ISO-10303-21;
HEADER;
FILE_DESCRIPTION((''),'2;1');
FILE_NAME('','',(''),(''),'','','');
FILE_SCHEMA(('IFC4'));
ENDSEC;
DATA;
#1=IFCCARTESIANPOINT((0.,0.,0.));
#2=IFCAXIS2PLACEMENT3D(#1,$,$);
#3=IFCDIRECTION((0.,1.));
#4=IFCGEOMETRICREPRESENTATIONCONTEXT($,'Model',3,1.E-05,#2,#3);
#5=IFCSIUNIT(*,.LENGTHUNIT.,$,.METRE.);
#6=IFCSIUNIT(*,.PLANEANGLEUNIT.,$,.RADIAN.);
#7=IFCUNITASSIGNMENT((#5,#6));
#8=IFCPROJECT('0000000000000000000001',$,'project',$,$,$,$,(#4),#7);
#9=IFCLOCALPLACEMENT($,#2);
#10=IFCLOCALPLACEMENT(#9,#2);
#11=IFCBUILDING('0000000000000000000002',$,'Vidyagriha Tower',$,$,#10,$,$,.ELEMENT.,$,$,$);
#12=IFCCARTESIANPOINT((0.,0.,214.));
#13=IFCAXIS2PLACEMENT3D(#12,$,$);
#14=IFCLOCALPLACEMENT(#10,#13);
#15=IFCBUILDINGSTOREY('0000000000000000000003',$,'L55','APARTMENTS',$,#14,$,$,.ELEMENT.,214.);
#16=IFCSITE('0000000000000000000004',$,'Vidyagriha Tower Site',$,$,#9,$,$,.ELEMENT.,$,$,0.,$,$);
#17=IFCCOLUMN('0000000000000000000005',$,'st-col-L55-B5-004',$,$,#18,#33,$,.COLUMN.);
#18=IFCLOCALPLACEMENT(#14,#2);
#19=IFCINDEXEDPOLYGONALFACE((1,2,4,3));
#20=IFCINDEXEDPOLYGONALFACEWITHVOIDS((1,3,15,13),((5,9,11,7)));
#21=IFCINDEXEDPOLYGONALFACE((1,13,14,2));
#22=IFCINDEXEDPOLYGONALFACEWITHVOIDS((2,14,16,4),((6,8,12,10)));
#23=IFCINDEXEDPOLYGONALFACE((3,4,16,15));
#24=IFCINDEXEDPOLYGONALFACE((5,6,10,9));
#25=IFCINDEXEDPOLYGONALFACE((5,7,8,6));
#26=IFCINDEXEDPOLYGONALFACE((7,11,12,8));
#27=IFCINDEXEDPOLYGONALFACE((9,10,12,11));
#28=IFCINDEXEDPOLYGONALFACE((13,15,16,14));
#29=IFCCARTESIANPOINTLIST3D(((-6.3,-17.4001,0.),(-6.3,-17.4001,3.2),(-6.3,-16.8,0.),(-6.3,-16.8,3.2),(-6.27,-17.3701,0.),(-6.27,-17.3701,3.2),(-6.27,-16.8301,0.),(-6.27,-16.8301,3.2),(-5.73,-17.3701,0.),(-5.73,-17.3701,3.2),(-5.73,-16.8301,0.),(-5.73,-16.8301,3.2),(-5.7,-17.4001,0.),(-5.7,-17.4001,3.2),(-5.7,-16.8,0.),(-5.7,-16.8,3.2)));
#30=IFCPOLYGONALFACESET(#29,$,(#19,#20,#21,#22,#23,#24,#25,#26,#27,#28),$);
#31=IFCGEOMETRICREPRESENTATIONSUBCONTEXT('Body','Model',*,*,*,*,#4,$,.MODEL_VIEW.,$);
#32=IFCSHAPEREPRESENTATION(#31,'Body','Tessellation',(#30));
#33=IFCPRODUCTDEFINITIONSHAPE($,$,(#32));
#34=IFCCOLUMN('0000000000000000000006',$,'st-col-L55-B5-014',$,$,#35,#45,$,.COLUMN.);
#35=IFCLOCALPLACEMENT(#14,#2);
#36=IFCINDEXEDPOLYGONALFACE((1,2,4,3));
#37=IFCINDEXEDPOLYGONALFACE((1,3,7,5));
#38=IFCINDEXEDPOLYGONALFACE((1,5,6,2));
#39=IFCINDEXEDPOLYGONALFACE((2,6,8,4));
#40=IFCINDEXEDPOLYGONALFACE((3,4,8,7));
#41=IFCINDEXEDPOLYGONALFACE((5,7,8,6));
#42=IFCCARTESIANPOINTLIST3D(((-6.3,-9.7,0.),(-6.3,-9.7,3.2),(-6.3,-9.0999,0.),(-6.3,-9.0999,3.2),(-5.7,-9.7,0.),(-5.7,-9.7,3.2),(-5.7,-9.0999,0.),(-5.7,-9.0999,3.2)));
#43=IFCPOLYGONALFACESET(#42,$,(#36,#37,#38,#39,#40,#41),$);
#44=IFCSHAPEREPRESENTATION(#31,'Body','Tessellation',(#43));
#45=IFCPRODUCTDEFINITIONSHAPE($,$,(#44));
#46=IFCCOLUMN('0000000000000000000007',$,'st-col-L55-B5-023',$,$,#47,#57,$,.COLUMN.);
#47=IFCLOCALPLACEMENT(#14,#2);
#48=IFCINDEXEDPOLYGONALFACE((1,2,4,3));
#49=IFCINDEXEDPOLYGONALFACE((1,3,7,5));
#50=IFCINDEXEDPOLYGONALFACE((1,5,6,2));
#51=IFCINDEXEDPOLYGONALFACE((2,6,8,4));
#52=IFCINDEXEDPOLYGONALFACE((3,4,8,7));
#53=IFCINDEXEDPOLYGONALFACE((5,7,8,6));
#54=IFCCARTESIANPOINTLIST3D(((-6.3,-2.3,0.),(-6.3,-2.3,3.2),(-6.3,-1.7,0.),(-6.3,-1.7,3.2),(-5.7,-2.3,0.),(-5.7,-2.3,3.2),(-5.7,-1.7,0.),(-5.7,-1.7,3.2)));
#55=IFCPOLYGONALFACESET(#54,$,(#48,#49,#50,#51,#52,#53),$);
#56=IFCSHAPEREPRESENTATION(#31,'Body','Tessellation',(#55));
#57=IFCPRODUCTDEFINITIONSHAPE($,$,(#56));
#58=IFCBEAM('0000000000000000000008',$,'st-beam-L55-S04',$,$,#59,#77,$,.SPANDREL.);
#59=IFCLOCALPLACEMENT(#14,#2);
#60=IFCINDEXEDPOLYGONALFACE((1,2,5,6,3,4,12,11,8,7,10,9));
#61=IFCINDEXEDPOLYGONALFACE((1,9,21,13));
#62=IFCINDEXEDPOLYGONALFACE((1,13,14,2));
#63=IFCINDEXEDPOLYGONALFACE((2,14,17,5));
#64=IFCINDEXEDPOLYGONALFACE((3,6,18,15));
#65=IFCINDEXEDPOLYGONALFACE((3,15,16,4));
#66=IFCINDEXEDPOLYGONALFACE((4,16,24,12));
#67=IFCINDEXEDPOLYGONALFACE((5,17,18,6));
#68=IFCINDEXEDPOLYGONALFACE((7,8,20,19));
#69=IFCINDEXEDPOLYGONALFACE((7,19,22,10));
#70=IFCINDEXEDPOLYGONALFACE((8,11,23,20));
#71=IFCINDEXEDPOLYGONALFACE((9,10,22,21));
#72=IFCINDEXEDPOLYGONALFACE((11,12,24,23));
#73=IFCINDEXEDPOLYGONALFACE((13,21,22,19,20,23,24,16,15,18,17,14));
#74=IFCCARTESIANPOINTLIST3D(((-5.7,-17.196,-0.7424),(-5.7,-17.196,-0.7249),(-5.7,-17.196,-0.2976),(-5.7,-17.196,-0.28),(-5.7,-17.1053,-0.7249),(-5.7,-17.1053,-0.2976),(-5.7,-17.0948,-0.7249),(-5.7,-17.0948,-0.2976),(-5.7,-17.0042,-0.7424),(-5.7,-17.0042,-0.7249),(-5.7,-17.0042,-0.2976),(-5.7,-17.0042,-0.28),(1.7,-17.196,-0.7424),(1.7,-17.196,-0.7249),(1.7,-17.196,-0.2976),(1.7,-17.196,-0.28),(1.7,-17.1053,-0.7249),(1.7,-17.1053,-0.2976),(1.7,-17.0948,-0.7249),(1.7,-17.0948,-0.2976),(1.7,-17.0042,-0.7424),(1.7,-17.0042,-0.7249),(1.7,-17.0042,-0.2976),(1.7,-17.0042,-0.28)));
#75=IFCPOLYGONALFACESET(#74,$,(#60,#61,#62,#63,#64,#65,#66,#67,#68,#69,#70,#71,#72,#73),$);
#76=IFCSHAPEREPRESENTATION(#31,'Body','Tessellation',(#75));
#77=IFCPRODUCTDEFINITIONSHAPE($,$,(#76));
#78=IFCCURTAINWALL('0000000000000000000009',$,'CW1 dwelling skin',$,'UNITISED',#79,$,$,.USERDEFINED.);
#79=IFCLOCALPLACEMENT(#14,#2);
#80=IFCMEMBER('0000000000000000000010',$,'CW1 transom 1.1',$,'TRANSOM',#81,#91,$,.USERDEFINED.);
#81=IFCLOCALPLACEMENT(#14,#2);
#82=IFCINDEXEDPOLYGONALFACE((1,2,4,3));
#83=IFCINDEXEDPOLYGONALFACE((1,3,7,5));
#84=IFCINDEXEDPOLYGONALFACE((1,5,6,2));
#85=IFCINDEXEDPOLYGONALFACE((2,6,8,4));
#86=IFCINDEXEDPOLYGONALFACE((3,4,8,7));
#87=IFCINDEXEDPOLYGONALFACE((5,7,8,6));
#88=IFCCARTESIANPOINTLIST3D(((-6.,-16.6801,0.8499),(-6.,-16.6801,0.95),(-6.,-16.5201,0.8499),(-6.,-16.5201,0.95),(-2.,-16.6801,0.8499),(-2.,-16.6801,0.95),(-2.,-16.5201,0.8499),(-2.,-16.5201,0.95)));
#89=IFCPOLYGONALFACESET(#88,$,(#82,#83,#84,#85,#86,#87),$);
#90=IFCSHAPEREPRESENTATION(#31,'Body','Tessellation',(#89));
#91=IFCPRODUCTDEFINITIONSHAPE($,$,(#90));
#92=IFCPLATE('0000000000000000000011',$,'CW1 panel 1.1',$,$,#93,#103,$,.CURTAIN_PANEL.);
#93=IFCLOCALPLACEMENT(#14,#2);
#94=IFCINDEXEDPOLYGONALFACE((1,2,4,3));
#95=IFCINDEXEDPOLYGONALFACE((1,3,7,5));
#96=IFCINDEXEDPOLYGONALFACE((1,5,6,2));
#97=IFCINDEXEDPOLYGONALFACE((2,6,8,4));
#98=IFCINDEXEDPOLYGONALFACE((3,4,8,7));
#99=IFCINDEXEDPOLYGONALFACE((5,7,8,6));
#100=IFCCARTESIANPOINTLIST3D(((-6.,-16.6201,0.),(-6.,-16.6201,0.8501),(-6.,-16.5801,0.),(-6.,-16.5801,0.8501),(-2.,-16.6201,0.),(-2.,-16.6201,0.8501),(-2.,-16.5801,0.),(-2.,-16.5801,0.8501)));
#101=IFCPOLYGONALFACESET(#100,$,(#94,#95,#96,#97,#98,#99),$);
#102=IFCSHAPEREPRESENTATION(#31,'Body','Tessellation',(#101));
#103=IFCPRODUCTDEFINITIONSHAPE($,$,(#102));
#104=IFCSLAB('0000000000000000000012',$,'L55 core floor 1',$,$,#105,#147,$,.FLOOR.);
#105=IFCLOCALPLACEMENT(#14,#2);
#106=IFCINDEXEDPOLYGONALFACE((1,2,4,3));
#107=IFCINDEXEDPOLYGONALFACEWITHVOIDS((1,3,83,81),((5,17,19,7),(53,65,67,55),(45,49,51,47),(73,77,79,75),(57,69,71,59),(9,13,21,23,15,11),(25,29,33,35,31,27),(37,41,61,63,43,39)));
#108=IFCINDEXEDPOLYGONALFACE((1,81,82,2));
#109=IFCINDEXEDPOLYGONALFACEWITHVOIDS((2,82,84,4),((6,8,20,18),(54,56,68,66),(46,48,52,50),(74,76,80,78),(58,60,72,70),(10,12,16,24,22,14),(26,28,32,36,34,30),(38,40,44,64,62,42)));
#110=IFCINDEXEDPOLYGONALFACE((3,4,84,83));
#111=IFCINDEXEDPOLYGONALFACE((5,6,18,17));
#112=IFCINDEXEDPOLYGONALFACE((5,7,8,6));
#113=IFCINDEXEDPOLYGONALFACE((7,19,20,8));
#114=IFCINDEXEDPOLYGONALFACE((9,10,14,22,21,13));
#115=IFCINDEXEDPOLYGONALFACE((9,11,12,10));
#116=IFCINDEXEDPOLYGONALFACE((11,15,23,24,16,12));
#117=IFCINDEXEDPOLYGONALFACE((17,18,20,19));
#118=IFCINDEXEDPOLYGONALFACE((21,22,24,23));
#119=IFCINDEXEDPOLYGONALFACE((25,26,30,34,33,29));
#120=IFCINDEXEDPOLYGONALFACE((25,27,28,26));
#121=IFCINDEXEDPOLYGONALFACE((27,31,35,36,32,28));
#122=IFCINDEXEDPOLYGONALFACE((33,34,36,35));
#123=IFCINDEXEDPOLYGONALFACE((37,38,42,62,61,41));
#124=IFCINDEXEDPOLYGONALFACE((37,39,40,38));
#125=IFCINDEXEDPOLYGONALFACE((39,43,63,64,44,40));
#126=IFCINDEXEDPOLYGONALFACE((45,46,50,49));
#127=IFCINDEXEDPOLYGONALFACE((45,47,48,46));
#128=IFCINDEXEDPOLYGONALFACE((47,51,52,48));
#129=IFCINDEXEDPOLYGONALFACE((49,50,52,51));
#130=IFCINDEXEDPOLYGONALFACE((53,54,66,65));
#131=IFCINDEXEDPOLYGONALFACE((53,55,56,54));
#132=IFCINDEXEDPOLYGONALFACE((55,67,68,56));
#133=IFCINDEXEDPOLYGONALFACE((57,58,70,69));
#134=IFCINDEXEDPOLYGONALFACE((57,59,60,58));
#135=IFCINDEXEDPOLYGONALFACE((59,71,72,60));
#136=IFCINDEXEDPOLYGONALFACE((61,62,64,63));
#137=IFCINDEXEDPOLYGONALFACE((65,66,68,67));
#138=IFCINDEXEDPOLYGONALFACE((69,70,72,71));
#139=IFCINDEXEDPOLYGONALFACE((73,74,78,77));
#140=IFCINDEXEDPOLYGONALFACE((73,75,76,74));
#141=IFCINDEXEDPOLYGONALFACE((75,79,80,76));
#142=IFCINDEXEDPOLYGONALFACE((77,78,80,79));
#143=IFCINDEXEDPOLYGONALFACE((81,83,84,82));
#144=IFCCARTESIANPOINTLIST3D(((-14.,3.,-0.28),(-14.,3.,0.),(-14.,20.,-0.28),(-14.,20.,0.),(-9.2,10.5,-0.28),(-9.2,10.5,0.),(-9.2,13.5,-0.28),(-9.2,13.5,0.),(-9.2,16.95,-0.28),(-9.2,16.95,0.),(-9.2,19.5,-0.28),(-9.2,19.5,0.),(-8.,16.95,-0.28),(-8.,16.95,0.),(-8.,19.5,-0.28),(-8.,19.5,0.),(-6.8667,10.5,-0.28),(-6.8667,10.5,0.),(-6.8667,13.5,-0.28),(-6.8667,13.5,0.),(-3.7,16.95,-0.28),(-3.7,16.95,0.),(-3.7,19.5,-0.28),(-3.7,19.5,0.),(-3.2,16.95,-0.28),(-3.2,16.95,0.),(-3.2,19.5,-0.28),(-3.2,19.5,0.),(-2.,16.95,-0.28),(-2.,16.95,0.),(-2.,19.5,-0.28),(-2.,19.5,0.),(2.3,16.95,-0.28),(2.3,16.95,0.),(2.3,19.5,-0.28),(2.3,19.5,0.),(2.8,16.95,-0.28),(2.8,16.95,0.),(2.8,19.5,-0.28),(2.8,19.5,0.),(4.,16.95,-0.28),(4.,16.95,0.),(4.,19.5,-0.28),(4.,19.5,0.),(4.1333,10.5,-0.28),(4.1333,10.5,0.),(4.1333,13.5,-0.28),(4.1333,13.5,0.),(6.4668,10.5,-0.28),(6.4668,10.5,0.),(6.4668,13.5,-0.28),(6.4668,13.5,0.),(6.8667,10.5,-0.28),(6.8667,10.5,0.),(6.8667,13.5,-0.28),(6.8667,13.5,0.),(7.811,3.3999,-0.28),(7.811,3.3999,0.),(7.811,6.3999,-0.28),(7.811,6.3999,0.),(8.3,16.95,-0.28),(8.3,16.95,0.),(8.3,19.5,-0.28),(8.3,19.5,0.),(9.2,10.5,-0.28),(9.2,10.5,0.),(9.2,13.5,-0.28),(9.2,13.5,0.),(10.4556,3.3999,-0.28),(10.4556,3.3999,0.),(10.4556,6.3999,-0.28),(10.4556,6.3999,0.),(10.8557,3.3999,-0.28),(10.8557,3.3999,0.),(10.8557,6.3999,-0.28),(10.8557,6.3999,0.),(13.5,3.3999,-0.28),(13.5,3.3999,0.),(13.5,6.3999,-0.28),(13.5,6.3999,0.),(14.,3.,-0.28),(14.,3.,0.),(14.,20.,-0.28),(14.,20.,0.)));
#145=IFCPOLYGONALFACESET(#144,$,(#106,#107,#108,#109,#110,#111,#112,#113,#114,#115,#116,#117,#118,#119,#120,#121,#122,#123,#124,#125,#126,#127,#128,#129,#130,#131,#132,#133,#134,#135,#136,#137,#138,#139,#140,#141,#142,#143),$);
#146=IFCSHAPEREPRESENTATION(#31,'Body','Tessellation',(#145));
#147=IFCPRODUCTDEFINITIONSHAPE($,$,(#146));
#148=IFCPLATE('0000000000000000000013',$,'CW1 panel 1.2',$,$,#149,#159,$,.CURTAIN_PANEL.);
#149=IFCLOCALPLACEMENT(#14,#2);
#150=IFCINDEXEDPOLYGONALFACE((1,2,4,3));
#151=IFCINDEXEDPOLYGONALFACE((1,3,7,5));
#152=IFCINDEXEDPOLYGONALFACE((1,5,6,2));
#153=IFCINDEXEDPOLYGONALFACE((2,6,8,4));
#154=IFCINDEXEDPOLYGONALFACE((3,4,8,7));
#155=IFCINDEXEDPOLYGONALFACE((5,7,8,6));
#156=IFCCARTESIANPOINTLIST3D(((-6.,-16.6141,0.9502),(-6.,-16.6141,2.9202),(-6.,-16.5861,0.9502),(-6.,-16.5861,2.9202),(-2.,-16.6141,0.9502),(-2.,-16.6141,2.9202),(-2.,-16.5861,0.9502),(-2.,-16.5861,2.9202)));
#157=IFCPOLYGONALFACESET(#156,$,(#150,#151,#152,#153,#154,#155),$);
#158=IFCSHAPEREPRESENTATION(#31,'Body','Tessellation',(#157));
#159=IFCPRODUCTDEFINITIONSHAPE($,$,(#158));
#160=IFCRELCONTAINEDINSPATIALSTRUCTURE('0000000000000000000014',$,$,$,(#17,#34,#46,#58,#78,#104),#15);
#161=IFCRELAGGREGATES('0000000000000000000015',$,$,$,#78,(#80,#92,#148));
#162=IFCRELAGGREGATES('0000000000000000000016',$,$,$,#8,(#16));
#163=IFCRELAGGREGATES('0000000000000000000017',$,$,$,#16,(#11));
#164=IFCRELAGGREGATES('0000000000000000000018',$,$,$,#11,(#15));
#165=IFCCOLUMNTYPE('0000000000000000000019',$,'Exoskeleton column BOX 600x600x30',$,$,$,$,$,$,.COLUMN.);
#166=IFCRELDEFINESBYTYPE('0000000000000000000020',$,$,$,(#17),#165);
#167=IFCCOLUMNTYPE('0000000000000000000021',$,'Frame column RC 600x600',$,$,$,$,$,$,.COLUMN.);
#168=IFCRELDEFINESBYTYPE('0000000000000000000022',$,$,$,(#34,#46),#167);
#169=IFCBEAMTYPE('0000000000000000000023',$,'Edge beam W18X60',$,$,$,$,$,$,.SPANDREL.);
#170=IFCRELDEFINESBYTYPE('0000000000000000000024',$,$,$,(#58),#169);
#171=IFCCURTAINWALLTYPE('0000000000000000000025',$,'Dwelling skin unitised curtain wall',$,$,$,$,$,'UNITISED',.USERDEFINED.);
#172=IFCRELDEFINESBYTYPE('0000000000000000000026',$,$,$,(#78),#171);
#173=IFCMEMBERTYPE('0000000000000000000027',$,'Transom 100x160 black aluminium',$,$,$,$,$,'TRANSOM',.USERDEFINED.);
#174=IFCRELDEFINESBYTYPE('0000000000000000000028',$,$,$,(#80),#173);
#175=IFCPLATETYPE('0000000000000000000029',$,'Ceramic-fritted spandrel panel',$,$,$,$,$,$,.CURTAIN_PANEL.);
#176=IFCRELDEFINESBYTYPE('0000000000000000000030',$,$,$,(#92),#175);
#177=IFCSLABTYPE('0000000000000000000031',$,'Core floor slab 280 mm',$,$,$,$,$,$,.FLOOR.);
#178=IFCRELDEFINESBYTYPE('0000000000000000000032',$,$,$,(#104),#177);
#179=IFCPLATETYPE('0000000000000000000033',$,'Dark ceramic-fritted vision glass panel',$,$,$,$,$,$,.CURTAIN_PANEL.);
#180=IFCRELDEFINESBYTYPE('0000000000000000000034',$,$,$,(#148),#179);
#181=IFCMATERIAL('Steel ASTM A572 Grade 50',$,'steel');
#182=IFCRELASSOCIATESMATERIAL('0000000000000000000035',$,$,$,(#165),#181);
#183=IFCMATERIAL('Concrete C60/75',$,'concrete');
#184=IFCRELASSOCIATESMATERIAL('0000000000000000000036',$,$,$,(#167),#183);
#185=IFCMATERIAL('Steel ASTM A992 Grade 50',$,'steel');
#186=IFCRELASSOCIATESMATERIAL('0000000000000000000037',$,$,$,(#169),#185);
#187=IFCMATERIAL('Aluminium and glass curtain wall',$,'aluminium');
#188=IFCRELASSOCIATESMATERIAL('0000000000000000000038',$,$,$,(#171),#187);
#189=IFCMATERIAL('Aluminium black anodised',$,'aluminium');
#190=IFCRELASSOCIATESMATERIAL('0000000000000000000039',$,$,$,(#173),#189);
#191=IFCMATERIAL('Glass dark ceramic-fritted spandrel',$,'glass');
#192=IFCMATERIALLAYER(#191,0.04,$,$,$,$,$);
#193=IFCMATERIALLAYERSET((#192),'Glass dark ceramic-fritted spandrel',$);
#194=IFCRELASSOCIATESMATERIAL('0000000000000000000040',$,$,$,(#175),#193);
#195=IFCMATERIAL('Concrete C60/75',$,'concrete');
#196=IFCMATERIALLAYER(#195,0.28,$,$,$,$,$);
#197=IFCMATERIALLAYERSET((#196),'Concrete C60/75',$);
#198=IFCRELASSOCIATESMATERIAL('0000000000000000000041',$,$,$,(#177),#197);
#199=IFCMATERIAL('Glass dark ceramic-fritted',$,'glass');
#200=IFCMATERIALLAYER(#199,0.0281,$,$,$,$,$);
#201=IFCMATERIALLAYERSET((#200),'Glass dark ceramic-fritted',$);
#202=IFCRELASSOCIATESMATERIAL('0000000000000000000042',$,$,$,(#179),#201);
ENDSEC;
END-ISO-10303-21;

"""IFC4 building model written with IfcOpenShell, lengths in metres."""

from ifc_helpers import new_model, si_unit, direction, frame, origin, origin_2d, place, context, subcontext, project, spatial, polyline, rectangle, hollow_rectangle, i_section, outline, extrude, material, layer, layer_set, material_profile, profile_set, type_object, element, aggregate, save


model = new_model("IFC4")

# Units and contexts
model_context = context("Model", 3, precision=1e-05, world=origin(), true_north=direction((0.0, 1.0)))
body_context = subcontext(model_context, "Body", "Model", "MODEL_VIEW")
ifc_project = project(units=[si_unit("LENGTHUNIT", "METRE"), si_unit("PLANEANGLEUNIT", "RADIAN")], contexts=[model_context])

# Site, building, storey
site_placement = place(None, origin())
site = spatial("IfcSite", under=ifc_project, at=site_placement, Name="Vidyagriha Tower Site", CompositionType="ELEMENT", RefElevation=0.0)
building_placement = place(site_placement, origin())
building = spatial("IfcBuilding", under=site, at=building_placement, Name="Vidyagriha Tower", CompositionType="ELEMENT")
storey_placement = place(building_placement, frame((0.0, 0.0, 214.0)))
storey = spatial("IfcBuildingStorey", under=building, at=storey_placement, Name="L55", Description="APARTMENTS", CompositionType="ELEMENT", Elevation=214.0)

# Columns
ifc_material_1 = material(Name="Steel ASTM A572 Grade 50", Category="steel")
ifc_material_profile_1 = material_profile(ifc_material_1, hollow_rectangle(XDim=0.6001, YDim=0.6001, WallThickness=0.03, at=origin_2d()), Name="BOX 600x600x30")
ifc_profile_set_1 = profile_set([ifc_material_profile_1], Name="Steel ASTM A572 Grade 50")
column_type_1 = type_object("IfcColumnType", Name="Exoskeleton column BOX 600x600x30", PredefinedType="COLUMN", material=ifc_profile_set_1)
column_placement = place(storey_placement, frame((-6.0, -17.1001, 0.0)))
element("IfcColumn", 1, at=column_placement, inside=storey, type_object=column_type_1, Name="st-col-L55-B5-004", PredefinedType="COLUMN", context=body_context, shape_type="SweptSolid", body=[
    extrude(hollow_rectangle(XDim=0.6001, YDim=0.6001, WallThickness=0.03, at=origin_2d()), origin(), (0.0, 0.0, 1.0), 3.2),
])
ifc_material_2 = material(Name="Concrete C60/75", Category="concrete")
ifc_material_profile_2 = material_profile(ifc_material_2, rectangle(XDim=0.6001, YDim=0.6001, at=origin_2d()), Name="RC 600x600")
ifc_profile_set_2 = profile_set([ifc_material_profile_2], Name="Concrete C60/75")
column_type_2 = type_object("IfcColumnType", Name="Frame column RC 600x600", PredefinedType="COLUMN", material=ifc_profile_set_2)
for number, where, name in (
    (2, (-6.0, -9.3999, 0.0), "st-col-L55-B5-014"),
    (3, (-6.0, -2.0, 0.0), "st-col-L55-B5-023"),
):
    element("IfcColumn", number, at=place(storey_placement, frame(where)), inside=storey, type_object=column_type_2, Name=name, PredefinedType="COLUMN", context=body_context, shape_type="SweptSolid", body=[
        extrude(rectangle(XDim=0.6001, YDim=0.6001, at=origin_2d()), origin(), (0.0, 0.0, 1.0), 3.2),
    ])

# Beam
ifc_material_3 = material(Name="Steel ASTM A992 Grade 50", Category="steel")
ifc_material_profile_3 = material_profile(ifc_material_3, i_section(OverallWidth=0.1919, OverallDepth=0.4624, WebThickness=0.0105, FlangeThickness=0.0176, at=origin_2d()), Name="W18X60")
ifc_profile_set_3 = profile_set([ifc_material_profile_3], Name="Steel ASTM A992 Grade 50")
beam_type = type_object("IfcBeamType", Name="Edge beam W18X60", PredefinedType="SPANDREL", material=ifc_profile_set_3)
beam_placement = place(storey_placement, frame((-5.7, -17.1001, -0.5112), z_axis=(1.0, 0.0, 0.0), x_axis=(0.0, 1.0, 0.0)))
element("IfcBeam", 4, at=beam_placement, inside=storey, type_object=beam_type, Name="st-beam-L55-S04", PredefinedType="SPANDREL", context=body_context, shape_type="SweptSolid", body=[
    extrude(i_section(OverallWidth=0.1919, OverallDepth=0.4624, WebThickness=0.0105, FlangeThickness=0.0176, at=origin_2d()), origin(), (0.0, 0.0, 1.0), 7.3999),
])

# Curtain wall, member, plate
ifc_material_4 = material(Name="Aluminium and glass curtain wall", Category="aluminium")
curtain_wall_type = type_object("IfcCurtainWallType", Name="Dwelling skin unitised curtain wall", ElementType="UNITISED", PredefinedType="USERDEFINED", material=ifc_material_4)
curtain_wall_placement = place(storey_placement, origin())
curtain_wall = element("IfcCurtainWall", 5, at=curtain_wall_placement, inside=storey, type_object=curtain_wall_type, Name="CW1 dwelling skin", ObjectType="UNITISED", PredefinedType="USERDEFINED")
ifc_material_5 = material(Name="Aluminium black anodised", Category="aluminium")
ifc_material_profile_4 = material_profile(ifc_material_5, rectangle(XDim=0.1599, YDim=0.1001, at=origin_2d()), Name="Transom 100x160 black aluminium")
ifc_profile_set_4 = profile_set([ifc_material_profile_4], Name="Aluminium black anodised")
member_type = type_object("IfcMemberType", Name="Transom 100x160 black aluminium", ElementType="TRANSOM", PredefinedType="USERDEFINED", material=ifc_profile_set_4)
member_placement = place(storey_placement, frame((-6.0, -16.6001, 0.8999), z_axis=(1.0, 0.0, 0.0), x_axis=(0.0, 1.0, 0.0)))
member = element("IfcMember", 6, at=member_placement, type_object=member_type, Name="CW1 transom 1.1", ObjectType="TRANSOM", PredefinedType="USERDEFINED", context=body_context, shape_type="SweptSolid", body=[
    extrude(rectangle(XDim=0.1599, YDim=0.1001, at=origin_2d()), origin(), (0.0, 0.0, 1.0), 4.0),
])
ifc_material_6 = material(Name="Glass dark ceramic-fritted spandrel", Category="glass")
ifc_layer_1 = layer(ifc_material_6, 0.04)
ifc_layer_set_1 = layer_set([ifc_layer_1], Name="Glass dark ceramic-fritted spandrel")
plate_type_1 = type_object("IfcPlateType", Name="Ceramic-fritted spandrel panel", PredefinedType="CURTAIN_PANEL", material=ifc_layer_set_1)
plate_1_placement = place(storey_placement, frame((-4.0, -16.6001, 0.0)))
plate_1 = element("IfcPlate", 7, at=plate_1_placement, type_object=plate_type_1, Name="CW1 panel 1.1", PredefinedType="CURTAIN_PANEL", context=body_context, shape_type="SweptSolid", body=[
    extrude(rectangle(XDim=4.0, YDim=0.04, at=origin_2d()), origin(), (0.0, 0.0, 1.0), 0.8501),
])

# Slab
ifc_material_7 = material(Name="Concrete C60/75", Category="concrete")
ifc_layer_2 = layer(ifc_material_7, 0.28)
ifc_layer_set_2 = layer_set([ifc_layer_2], Name="Concrete C60/75")
slab_type_1 = type_object("IfcSlabType", Name="Core floor slab 280 mm", PredefinedType="FLOOR", material=ifc_layer_set_2)
slab_1_placement = place(storey_placement, frame((0.0, 0.0, -0.28)))
element("IfcSlab", 8, at=slab_1_placement, inside=storey, type_object=slab_type_1, Name="L55 core floor 1", PredefinedType="FLOOR", context=body_context, shape_type="SweptSolid", body=[
    extrude(outline(polyline([(-14.0, 3.0), (-14.0, 20.0), (14.0, 20.0), (14.0, 3.0), (-14.0, 3.0)]), holes=[polyline([(13.5, 6.3999), (10.8557, 6.3999), (10.8557, 3.3999), (13.5, 3.3999), (13.5, 6.3999)]), polyline([(10.4556, 6.3999), (7.811, 6.3999), (7.811, 3.3999), (10.4556, 3.3999), (10.4556, 6.3999)]), polyline([(9.2, 13.5), (6.8667, 13.5), (6.8667, 10.5), (9.2, 10.5), (9.2, 13.5)]), polyline([(2.8, 19.5), (2.8, 16.95), (4.0, 16.95), (8.3, 16.95), (8.3, 19.5), (4.0, 19.5), (2.8, 19.5)]), polyline([(4.1333, 13.5), (4.1333, 10.5), (6.4668, 10.5), (6.4668, 13.5), (4.1333, 13.5)]), polyline([(-2.0, 19.5), (-3.2, 19.5), (-3.2, 16.95), (-2.0, 16.95), (2.3, 16.95), (2.3, 19.5), (-2.0, 19.5)]), polyline([(-9.2, 19.5), (-9.2, 16.95), (-8.0, 16.95), (-3.7, 16.95), (-3.7, 19.5), (-8.0, 19.5), (-9.2, 19.5)]), polyline([(-9.2, 13.5), (-9.2, 10.5), (-6.8667, 10.5), (-6.8667, 13.5), (-9.2, 13.5)])]), origin(), (0.0, 0.0, 1.0), 0.28),
])

# Plate
ifc_material_8 = material(Name="Glass dark ceramic-fritted", Category="glass")
ifc_layer_3 = layer(ifc_material_8, 0.0281)
ifc_layer_set_3 = layer_set([ifc_layer_3], Name="Glass dark ceramic-fritted")
plate_type_2 = type_object("IfcPlateType", Name="Dark ceramic-fritted vision glass panel", PredefinedType="CURTAIN_PANEL", material=ifc_layer_set_3)
plate_2_placement = place(storey_placement, frame((-4.0, -16.6001, 0.9502)))
plate_2 = element("IfcPlate", 9, at=plate_2_placement, type_object=plate_type_2, Name="CW1 panel 1.2", PredefinedType="CURTAIN_PANEL", context=body_context, shape_type="SweptSolid", body=[
    extrude(rectangle(XDim=4.0, YDim=0.0281, at=origin_2d()), origin(), (0.0, 0.0, 1.0), 1.97),
])
aggregate(curtain_wall, [member, plate_1, plate_2])

save(model, "model.ifc")
